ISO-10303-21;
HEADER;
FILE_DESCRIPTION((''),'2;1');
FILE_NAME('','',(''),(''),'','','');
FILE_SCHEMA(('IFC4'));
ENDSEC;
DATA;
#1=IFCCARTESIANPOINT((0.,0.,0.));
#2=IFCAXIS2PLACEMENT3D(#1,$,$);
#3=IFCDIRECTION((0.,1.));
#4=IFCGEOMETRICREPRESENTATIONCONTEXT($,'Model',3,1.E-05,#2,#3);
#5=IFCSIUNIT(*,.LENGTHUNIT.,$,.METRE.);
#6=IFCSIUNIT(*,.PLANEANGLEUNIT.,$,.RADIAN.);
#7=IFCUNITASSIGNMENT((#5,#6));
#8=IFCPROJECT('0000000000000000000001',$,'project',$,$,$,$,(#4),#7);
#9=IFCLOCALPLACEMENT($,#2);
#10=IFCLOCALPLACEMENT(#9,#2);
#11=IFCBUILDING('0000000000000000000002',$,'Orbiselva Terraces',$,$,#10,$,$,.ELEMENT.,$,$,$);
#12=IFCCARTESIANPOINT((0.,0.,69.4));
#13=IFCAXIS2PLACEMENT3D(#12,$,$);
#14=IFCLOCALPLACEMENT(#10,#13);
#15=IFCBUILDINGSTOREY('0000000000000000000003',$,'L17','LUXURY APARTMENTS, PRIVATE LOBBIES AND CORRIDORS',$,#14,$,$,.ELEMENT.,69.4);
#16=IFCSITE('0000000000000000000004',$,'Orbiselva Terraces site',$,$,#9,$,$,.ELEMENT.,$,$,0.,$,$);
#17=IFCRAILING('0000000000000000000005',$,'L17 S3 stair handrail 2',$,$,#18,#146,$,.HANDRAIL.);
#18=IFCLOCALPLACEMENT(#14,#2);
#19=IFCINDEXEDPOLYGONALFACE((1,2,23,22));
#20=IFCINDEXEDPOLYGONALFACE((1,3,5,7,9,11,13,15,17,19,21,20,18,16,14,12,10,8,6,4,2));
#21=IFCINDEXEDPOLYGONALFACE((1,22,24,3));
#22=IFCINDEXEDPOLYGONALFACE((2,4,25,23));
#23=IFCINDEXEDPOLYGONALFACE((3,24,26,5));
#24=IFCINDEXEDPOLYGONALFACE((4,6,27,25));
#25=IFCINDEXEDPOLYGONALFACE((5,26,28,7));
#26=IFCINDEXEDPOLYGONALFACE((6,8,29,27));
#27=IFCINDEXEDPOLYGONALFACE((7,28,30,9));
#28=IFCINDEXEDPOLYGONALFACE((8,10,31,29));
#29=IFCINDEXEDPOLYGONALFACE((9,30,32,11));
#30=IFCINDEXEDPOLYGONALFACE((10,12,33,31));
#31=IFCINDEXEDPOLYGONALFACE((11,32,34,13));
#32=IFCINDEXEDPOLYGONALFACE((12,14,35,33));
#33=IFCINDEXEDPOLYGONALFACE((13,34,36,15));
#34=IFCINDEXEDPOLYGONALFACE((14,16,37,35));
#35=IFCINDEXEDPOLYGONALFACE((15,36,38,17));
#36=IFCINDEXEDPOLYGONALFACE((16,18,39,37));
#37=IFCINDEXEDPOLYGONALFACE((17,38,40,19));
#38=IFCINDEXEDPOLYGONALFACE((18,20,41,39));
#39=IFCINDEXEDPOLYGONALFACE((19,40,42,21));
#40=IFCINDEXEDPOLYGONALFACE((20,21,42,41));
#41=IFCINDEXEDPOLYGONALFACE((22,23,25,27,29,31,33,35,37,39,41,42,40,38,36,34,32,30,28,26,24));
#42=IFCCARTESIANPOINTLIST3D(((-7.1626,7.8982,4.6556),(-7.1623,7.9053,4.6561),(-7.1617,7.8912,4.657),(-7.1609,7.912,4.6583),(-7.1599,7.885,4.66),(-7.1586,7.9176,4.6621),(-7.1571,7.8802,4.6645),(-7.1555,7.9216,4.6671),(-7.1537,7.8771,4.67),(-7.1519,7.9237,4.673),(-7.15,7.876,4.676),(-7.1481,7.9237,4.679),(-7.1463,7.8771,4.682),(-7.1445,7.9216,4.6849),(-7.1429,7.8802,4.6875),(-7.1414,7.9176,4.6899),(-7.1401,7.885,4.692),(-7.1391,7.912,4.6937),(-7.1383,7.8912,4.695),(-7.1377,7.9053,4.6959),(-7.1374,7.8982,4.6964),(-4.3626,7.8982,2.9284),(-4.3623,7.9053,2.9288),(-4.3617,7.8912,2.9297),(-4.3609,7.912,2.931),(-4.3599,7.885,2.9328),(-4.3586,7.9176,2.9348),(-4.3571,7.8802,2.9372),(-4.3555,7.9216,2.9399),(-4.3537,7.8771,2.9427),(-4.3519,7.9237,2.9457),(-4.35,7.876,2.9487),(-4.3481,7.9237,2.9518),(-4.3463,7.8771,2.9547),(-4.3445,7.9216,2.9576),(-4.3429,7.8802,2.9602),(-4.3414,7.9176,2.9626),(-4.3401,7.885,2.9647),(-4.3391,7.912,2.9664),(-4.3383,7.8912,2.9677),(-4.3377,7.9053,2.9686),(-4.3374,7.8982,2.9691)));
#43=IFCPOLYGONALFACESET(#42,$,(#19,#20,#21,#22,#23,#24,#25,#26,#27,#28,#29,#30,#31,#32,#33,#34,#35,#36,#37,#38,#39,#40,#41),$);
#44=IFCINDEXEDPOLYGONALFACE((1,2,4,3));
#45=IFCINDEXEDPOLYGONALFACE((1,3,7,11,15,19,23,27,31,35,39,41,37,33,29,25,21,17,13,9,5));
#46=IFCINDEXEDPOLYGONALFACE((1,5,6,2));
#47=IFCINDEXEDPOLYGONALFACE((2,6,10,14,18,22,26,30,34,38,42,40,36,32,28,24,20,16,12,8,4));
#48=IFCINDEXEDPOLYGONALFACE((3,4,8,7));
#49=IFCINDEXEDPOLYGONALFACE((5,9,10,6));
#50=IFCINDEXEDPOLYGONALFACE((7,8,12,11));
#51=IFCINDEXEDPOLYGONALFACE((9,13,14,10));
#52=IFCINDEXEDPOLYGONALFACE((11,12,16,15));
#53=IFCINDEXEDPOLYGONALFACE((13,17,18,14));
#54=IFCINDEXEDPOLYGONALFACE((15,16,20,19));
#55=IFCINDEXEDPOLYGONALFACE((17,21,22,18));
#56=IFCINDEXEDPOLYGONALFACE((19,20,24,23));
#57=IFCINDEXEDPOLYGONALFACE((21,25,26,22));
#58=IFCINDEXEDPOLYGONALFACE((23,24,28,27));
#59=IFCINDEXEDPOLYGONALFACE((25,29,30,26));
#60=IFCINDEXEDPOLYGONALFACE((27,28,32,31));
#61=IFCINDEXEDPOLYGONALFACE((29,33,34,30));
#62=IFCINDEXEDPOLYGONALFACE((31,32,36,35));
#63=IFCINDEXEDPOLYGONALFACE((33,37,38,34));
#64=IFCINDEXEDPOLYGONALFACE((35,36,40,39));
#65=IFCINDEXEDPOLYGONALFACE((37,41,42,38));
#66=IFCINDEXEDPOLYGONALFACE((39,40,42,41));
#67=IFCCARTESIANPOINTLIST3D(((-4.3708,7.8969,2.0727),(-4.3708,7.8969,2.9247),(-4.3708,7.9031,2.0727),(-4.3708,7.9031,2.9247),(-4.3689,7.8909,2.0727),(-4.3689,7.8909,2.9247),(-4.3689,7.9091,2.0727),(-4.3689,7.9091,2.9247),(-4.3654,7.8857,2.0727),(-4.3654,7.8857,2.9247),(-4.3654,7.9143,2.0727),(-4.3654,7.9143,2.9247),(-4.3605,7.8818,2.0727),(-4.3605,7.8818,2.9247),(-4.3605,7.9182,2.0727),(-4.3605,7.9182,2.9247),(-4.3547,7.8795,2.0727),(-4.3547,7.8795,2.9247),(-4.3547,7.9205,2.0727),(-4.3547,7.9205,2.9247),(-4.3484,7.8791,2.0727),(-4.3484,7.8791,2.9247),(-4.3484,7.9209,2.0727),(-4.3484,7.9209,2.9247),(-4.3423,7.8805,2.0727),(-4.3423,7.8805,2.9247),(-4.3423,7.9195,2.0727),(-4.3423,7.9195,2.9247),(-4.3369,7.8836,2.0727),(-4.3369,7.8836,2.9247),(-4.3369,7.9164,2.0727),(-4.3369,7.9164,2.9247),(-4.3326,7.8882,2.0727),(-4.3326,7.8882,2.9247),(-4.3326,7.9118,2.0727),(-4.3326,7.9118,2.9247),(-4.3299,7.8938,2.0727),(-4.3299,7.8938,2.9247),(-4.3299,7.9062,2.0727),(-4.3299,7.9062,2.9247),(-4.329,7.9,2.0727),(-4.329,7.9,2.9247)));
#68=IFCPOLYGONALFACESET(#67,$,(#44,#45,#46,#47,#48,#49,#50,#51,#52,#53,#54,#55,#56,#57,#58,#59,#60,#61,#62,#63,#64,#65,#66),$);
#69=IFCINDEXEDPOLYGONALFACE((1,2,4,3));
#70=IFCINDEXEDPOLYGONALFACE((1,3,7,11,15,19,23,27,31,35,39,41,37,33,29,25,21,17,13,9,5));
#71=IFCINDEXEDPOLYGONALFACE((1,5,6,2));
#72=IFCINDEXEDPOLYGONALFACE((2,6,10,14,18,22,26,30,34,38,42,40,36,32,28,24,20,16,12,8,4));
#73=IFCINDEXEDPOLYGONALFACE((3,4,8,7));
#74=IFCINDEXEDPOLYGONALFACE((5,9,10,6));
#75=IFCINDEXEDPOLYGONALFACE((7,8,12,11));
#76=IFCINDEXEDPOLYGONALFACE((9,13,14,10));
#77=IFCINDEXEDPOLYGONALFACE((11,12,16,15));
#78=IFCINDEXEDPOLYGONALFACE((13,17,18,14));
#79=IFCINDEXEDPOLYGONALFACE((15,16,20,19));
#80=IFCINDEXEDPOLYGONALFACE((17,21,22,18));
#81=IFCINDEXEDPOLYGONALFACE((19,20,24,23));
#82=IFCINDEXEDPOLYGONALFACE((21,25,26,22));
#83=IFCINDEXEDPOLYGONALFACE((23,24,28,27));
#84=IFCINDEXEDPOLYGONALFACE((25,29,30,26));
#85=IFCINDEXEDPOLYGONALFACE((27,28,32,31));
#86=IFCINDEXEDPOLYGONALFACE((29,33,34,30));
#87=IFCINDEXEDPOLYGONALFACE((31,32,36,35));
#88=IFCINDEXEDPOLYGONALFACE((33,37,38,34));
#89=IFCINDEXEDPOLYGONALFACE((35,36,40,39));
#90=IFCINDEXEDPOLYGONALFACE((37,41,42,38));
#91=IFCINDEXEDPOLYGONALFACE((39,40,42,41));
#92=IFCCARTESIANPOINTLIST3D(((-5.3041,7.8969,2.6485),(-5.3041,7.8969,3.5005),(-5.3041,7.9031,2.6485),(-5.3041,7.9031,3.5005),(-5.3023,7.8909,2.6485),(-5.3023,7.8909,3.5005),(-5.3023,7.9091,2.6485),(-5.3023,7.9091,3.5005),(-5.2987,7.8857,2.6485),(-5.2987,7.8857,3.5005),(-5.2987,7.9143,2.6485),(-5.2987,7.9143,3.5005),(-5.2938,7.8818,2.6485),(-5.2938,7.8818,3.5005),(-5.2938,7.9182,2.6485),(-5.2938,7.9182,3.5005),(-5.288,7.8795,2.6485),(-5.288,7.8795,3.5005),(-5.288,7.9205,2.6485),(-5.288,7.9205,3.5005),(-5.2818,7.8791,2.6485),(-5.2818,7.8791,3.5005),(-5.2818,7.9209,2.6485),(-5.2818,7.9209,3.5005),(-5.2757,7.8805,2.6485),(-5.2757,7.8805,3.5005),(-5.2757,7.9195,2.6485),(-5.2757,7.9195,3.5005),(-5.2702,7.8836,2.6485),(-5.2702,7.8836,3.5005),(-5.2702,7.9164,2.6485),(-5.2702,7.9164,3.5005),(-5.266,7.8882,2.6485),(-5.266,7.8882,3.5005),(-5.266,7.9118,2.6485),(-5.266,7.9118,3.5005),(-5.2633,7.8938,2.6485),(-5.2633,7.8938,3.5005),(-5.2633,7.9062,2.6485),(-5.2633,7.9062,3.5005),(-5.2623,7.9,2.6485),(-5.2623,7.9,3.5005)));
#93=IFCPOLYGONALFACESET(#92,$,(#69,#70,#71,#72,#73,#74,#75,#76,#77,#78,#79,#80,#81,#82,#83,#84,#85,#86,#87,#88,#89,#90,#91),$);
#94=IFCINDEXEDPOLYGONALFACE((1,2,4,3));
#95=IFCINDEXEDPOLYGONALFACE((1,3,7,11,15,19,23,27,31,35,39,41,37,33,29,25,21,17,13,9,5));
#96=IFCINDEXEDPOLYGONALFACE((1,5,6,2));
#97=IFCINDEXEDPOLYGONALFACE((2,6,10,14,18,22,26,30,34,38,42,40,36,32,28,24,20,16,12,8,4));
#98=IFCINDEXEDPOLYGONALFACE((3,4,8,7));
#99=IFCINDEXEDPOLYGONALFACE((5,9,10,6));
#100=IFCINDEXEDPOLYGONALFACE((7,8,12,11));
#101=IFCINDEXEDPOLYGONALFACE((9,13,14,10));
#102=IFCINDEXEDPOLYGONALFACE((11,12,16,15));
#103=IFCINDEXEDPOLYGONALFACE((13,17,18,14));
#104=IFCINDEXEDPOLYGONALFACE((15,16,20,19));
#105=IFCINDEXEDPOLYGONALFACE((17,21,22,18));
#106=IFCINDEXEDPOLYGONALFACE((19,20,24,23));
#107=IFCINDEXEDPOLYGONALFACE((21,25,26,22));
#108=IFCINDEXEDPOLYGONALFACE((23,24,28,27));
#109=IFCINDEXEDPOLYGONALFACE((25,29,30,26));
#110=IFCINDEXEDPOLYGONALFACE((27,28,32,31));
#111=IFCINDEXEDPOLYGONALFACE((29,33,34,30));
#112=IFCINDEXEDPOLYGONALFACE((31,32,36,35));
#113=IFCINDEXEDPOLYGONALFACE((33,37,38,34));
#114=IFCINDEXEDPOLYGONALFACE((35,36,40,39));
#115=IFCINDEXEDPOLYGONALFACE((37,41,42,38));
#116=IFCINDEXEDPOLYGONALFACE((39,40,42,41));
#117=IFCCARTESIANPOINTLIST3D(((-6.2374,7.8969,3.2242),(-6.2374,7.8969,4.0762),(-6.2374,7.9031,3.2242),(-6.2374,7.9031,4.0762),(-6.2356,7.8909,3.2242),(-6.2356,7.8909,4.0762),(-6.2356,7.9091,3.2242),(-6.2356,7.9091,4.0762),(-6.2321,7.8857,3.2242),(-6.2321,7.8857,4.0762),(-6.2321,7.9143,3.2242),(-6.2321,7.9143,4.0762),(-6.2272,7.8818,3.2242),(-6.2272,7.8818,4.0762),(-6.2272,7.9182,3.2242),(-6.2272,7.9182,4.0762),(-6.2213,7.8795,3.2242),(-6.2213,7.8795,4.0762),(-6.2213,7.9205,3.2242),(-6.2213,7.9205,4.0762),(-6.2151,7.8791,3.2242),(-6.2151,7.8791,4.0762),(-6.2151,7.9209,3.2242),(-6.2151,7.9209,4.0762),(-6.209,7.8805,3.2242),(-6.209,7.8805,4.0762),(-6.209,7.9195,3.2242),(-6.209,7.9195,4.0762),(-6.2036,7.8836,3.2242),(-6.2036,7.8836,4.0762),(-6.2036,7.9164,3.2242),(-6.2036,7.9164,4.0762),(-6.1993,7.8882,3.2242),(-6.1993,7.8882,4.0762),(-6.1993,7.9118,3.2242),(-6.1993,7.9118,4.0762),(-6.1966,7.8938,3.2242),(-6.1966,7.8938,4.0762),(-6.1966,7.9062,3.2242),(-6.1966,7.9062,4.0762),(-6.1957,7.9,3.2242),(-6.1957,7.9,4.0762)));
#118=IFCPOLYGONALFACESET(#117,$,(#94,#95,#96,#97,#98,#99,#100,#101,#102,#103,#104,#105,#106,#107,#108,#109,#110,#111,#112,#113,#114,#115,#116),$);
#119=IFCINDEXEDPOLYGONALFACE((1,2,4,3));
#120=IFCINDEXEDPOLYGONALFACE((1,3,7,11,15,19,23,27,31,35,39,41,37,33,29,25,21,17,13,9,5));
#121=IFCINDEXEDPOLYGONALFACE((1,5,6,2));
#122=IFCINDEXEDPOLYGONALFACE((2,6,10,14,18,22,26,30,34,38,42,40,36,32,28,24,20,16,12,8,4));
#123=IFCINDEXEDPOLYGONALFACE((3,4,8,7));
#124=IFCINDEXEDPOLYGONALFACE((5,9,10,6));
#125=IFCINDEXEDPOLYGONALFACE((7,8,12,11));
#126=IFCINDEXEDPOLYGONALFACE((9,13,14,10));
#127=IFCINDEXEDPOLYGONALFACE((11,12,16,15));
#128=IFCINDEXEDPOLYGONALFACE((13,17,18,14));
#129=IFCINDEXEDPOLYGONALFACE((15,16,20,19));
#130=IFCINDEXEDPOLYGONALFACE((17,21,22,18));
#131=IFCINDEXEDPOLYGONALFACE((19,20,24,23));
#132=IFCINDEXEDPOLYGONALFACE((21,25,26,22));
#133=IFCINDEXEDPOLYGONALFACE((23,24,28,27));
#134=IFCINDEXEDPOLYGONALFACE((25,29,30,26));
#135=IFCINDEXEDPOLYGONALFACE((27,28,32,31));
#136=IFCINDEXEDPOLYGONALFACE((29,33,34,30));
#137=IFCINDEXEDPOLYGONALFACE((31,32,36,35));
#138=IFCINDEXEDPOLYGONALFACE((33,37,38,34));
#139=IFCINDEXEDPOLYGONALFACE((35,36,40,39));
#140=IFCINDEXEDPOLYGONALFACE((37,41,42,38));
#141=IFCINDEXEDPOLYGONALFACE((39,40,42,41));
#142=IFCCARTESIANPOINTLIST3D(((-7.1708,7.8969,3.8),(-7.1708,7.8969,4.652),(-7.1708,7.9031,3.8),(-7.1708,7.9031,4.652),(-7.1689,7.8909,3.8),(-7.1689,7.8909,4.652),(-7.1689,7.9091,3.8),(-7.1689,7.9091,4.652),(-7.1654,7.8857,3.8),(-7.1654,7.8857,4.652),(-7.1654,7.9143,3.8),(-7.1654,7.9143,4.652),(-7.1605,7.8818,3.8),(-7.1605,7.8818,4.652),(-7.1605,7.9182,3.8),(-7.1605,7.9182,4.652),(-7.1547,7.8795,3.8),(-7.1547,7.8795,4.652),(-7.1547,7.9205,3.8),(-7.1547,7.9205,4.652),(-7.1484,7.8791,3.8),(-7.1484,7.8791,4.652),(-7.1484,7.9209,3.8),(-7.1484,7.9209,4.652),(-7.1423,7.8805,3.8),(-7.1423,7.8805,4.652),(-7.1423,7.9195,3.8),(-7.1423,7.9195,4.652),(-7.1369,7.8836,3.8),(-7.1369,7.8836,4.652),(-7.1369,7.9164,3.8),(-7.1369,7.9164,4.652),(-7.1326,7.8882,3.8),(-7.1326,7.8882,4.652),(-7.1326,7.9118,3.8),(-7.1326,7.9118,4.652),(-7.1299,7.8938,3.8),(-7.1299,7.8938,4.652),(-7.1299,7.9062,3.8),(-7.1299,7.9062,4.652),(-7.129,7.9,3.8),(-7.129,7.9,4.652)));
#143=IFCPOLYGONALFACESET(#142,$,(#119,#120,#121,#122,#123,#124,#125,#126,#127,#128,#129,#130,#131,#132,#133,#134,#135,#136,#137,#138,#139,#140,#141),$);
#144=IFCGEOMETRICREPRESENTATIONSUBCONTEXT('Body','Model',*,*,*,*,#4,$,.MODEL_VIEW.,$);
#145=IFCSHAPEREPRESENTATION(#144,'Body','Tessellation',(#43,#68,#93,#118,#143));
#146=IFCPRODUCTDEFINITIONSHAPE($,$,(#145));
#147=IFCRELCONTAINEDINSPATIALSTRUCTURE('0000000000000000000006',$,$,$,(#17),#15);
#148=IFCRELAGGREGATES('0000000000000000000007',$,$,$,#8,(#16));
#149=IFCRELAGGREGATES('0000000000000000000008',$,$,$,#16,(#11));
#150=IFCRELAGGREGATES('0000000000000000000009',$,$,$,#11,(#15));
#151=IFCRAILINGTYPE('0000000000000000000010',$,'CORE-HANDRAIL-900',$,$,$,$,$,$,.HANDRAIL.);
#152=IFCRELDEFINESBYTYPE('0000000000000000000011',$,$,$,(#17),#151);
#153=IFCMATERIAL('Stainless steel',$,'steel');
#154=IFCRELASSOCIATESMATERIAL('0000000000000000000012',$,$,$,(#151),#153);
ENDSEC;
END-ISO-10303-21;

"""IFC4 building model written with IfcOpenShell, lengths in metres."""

from ifc_helpers import new_model, si_unit, direction, frame, origin, origin_2d, place, context, subcontext, project, spatial, circle, extrude, material, type_object, element, save


model = new_model("IFC4")

# Units and contexts
model_context = context("Model", 3, precision=1e-05, world=origin(), true_north=direction((0.0, 1.0)))
body_context = subcontext(model_context, "Body", "Model", "MODEL_VIEW")
ifc_project = project(units=[si_unit("LENGTHUNIT", "METRE"), si_unit("PLANEANGLEUNIT", "RADIAN")], contexts=[model_context])

# Site, building, storey
site_placement = place(None, origin())
site = spatial("IfcSite", under=ifc_project, at=site_placement, Name="Orbiselva Terraces site", CompositionType="ELEMENT", RefElevation=0.0)
building_placement = place(site_placement, origin())
building = spatial("IfcBuilding", under=site, at=building_placement, Name="Orbiselva Terraces", CompositionType="ELEMENT")
storey_placement = place(building_placement, frame((0.0, 0.0, 69.4)))
storey = spatial("IfcBuildingStorey", under=building, at=storey_placement, Name="L17", Description="LUXURY APARTMENTS, PRIVATE LOBBIES AND CORRIDORS", CompositionType="ELEMENT", Elevation=69.4)

# Railing
ifc_material_1 = material(Name="Stainless steel", Category="steel")
railing_type_1 = type_object("IfcRailingType", Name="CORE-HANDRAIL-900", PredefinedType="HANDRAIL", material=ifc_material_1)
railing_1_placement = place(storey_placement, frame((-4.35, 7.9, 2.0727)))
element("IfcRailing", 1, at=railing_1_placement, inside=storey, type_object=railing_type_1, Name="L17 S3 stair handrail 2", PredefinedType="HANDRAIL", context=body_context, shape_type="SweptSolid", body=[
    extrude(circle(Radius=0.024, at=origin_2d()), frame((0.0, 0.0, 0.876), z_axis=(-0.851089, 0.0, 0.525022), x_axis=(0.0, -1.0, 0.0)), (0.0, 0.0, 1.0), 3.2899),
    extrude(circle(Radius=0.021, at=origin_2d()), origin(), (0.0, 0.0, 1.0), 0.852),
    extrude(circle(Radius=0.021, at=origin_2d()), frame((-0.9333, 0.0, 0.5758)), (0.0, 0.0, 1.0), 0.852),
    extrude(circle(Radius=0.021, at=origin_2d()), frame((-1.8667, 0.0, 1.1515)), (0.0, 0.0, 1.0), 0.852),
    extrude(circle(Radius=0.021, at=origin_2d()), frame((-2.8, 0.0, 1.7273)), (0.0, 0.0, 1.0), 0.852),
])

save(model, "model.ifc")
